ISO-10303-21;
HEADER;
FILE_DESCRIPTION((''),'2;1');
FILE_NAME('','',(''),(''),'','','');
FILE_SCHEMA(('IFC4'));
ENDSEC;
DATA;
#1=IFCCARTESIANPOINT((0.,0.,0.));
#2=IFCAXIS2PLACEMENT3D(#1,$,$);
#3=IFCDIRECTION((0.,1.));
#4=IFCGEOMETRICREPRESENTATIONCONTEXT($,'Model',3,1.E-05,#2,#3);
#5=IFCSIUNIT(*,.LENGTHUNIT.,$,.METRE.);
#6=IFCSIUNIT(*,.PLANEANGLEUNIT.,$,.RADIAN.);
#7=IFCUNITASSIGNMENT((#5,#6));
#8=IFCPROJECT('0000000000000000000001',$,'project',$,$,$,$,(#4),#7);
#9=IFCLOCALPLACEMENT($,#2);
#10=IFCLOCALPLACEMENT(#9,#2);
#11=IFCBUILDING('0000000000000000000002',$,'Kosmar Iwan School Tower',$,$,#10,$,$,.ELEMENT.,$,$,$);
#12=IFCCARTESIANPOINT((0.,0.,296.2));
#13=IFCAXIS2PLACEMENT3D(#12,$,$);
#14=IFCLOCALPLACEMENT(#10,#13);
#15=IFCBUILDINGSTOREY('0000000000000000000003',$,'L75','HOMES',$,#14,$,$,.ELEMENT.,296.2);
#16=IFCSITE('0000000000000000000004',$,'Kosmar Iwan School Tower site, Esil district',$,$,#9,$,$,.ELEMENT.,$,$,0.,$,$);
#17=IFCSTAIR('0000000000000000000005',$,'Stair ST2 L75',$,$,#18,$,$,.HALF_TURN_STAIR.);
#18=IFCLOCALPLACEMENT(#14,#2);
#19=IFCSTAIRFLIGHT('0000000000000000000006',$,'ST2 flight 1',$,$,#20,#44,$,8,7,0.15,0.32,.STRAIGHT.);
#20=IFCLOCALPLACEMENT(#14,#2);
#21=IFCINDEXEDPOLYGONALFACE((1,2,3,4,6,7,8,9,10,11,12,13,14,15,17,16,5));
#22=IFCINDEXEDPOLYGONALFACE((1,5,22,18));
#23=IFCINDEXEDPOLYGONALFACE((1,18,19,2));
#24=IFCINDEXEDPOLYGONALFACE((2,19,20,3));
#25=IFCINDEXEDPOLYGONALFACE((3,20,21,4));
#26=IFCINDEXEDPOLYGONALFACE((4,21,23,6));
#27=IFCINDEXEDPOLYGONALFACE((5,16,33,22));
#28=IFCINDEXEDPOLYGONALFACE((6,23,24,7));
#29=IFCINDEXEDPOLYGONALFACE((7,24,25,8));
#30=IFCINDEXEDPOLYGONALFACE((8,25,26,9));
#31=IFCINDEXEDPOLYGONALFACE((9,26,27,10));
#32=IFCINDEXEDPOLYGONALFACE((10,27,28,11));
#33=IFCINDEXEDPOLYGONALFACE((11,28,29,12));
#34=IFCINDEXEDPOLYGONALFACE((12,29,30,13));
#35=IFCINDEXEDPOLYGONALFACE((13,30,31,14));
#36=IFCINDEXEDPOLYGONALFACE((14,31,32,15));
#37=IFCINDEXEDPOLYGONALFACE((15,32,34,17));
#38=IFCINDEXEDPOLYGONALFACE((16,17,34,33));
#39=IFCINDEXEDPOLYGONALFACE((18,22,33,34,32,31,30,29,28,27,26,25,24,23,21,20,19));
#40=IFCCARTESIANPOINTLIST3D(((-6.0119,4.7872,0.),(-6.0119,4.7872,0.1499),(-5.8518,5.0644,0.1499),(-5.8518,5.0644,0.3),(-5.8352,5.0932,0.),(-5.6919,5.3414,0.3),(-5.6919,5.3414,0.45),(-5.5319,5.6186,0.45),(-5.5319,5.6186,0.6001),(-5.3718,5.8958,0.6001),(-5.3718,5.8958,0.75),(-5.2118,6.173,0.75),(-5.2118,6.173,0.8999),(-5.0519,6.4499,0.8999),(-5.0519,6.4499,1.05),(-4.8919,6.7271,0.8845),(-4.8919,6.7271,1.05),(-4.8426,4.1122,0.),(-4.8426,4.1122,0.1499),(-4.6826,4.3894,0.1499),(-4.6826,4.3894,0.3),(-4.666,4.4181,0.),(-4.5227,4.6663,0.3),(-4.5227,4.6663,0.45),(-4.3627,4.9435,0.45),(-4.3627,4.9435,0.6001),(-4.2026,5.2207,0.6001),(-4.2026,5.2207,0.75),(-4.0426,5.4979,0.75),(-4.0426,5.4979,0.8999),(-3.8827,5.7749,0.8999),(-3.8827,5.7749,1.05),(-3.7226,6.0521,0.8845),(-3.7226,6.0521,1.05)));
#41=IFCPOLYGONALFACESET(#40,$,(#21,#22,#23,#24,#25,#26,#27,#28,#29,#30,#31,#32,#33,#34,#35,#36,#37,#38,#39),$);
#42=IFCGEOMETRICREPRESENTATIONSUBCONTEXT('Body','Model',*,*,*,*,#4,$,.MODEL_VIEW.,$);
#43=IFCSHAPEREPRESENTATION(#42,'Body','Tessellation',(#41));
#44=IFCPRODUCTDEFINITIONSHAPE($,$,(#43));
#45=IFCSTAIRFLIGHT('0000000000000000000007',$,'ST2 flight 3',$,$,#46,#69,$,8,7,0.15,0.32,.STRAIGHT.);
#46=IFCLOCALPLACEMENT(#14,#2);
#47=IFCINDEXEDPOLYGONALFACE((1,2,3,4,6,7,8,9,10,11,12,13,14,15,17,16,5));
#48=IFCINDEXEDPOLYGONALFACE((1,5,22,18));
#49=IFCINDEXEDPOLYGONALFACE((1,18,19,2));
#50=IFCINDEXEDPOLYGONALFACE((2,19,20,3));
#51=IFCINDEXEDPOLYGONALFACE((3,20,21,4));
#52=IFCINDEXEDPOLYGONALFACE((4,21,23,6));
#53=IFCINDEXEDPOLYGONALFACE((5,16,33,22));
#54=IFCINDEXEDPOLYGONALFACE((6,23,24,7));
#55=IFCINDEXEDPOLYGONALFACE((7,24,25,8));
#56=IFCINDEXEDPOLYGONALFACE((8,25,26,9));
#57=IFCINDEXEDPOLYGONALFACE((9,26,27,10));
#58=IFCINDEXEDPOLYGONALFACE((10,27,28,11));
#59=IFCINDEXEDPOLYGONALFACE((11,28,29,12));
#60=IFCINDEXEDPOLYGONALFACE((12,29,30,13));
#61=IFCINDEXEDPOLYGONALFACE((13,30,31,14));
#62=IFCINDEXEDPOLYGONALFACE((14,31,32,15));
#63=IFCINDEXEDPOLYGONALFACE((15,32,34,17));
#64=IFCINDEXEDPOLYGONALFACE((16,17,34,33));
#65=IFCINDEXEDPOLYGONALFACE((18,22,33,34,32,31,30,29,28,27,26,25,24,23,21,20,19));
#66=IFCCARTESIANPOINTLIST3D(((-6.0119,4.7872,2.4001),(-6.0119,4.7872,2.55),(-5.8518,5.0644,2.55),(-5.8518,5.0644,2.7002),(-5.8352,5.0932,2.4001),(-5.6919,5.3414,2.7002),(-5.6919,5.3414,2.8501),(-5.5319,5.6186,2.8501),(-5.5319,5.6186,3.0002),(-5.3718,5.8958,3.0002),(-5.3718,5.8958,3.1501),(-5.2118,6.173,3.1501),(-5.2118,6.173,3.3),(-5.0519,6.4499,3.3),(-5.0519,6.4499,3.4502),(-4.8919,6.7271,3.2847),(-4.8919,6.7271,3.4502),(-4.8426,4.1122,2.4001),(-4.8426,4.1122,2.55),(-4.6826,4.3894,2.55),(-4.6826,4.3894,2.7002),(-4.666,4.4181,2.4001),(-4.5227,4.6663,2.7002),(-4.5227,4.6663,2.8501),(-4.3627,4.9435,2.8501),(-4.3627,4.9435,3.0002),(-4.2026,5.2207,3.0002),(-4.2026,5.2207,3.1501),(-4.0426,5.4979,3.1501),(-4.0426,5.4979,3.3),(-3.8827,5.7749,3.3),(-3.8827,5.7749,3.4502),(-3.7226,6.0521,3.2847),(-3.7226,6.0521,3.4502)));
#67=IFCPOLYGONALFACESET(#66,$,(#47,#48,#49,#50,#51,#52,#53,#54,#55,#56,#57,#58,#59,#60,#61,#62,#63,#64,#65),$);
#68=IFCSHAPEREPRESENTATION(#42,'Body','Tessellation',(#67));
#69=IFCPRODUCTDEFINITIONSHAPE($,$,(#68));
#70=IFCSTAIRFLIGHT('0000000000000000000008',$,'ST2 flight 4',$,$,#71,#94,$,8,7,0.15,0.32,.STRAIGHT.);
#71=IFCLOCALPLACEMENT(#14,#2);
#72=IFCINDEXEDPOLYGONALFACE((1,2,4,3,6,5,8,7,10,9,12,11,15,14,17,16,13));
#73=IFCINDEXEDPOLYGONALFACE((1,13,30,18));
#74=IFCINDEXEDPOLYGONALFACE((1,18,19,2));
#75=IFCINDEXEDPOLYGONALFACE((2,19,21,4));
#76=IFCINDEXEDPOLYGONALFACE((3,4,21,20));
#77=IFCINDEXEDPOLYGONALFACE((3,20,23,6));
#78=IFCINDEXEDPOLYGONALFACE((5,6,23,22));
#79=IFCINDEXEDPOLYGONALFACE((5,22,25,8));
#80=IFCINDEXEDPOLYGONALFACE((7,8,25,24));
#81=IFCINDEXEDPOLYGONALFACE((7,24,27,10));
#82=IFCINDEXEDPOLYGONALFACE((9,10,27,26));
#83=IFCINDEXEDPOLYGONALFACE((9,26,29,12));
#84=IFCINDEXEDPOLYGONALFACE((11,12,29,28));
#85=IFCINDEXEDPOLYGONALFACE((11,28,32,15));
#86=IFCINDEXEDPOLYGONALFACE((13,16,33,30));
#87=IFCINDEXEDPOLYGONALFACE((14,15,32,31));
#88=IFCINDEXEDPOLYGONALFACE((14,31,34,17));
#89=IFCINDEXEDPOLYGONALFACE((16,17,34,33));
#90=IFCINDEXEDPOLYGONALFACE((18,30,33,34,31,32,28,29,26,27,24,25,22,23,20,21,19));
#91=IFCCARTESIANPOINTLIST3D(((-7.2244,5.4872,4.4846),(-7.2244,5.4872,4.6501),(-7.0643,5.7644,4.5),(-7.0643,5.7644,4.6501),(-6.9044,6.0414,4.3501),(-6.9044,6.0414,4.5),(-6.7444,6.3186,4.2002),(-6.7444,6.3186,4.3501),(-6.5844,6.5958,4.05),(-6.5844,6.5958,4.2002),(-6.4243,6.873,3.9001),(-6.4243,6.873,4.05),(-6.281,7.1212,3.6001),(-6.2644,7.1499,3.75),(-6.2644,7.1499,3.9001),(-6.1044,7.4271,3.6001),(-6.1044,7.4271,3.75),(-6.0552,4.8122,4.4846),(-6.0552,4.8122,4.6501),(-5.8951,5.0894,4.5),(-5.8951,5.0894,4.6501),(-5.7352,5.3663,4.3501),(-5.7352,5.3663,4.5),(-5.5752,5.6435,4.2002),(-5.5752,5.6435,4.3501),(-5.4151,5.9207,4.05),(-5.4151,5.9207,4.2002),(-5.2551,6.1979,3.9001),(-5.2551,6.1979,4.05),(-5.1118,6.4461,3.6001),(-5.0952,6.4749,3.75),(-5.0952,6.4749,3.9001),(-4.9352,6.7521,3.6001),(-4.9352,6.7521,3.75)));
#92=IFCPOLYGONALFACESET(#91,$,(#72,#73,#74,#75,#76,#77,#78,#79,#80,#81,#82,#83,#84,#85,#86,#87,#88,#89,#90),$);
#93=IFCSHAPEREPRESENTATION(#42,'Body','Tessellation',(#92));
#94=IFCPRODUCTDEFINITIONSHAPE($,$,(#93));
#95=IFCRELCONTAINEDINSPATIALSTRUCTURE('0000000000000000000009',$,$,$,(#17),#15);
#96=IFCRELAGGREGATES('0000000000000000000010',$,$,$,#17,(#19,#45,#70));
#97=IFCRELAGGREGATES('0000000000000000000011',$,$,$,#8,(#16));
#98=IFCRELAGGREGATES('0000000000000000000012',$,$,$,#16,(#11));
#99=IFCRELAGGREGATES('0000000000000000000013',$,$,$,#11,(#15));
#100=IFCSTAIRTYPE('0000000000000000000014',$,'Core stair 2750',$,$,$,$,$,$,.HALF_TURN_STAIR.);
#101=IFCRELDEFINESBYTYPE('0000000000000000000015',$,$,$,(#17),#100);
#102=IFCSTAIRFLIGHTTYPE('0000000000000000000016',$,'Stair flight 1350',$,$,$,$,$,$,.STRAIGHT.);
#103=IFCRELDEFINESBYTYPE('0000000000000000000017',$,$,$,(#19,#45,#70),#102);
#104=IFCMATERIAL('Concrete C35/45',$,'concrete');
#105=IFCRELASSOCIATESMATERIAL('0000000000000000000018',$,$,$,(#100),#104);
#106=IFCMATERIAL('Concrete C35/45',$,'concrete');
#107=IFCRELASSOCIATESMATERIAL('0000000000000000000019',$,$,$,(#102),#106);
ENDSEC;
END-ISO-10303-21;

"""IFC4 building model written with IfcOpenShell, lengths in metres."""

from ifc_helpers import new_model, si_unit, direction, frame, origin, place, context, subcontext, project, spatial, polyline, outline, extrude, material, type_object, element, aggregate, save


model = new_model("IFC4")

# Units and contexts
model_context = context("Model", 3, precision=1e-05, world=origin(), true_north=direction((0.0, 1.0)))
body_context = subcontext(model_context, "Body", "Model", "MODEL_VIEW")
ifc_project = project(units=[si_unit("LENGTHUNIT", "METRE"), si_unit("PLANEANGLEUNIT", "RADIAN")], contexts=[model_context])

# Site, building, storey
site_placement = place(None, origin())
site = spatial("IfcSite", under=ifc_project, at=site_placement, Name="Kosmar Iwan School Tower site, Esil district", CompositionType="ELEMENT", RefElevation=0.0)
building_placement = place(site_placement, origin())
building = spatial("IfcBuilding", under=site, at=building_placement, Name="Kosmar Iwan School Tower", CompositionType="ELEMENT")
storey_placement = place(building_placement, frame((0.0, 0.0, 296.2)))
storey = spatial("IfcBuildingStorey", under=building, at=storey_placement, Name="L75", Description="HOMES", CompositionType="ELEMENT", Elevation=296.2)

# Stair, stair flights
ifc_material_1 = material(Name="Concrete C35/45", Category="concrete")
stair_type = type_object("IfcStairType", Name="Core stair 2750", PredefinedType="HALF_TURN_STAIR", material=ifc_material_1)
stair_placement = place(storey_placement, origin())
stair = element("IfcStair", 1, at=stair_placement, inside=storey, type_object=stair_type, Name="Stair ST2 L75", PredefinedType="HALF_TURN_STAIR")
ifc_material_2 = material(Name="Concrete C35/45", Category="concrete")
stair_flight_type = type_object("IfcStairFlightType", Name="Stair flight 1350", PredefinedType="STRAIGHT", material=ifc_material_2)
stair_flight_1_placement = place(storey_placement, frame((-5.4272, 4.4497, 0.0), z_axis=(0.0, 0.0, 1.0), x_axis=(0.5, 0.866025, 0.0)))
stair_flight_1 = element("IfcStairFlight", 2, at=stair_flight_1_placement, type_object=stair_flight_type, Name="ST2 flight 1", NumberOfRisers=8, NumberOfTreads=7, PredefinedType="STRAIGHT", RiserHeight=0.15, TreadLength=0.32, context=body_context, shape_type="SweptSolid", body=[
    extrude(outline(polyline([(0.0, 0.0), (0.0, 0.1499), (0.3201, 0.1499), (0.3201, 0.3), (0.6399, 0.3), (0.6399, 0.45), (0.96, 0.45), (0.96, 0.6001), (1.28, 0.6001), (1.28, 0.75), (1.6001, 0.75), (1.6001, 0.8999), (1.9199, 0.8999), (1.9199, 1.05), (2.24, 1.05), (2.24, 1.2), (2.24, 0.8845), (0.3533, 0.0), (0.0, 0.0)])), frame((0.0, 0.675, 0.0), z_axis=(0.0, -1.0, 0.0), x_axis=(1.0, 0.0, 0.0)), (0.0, 0.0, 1.0), 1.3501),
])
stair_flight_2_placement = place(storey_placement, frame((-5.4272, 4.4497, 2.4001), z_axis=(0.0, 0.0, 1.0), x_axis=(0.5, 0.866025, 0.0)))
stair_flight_2 = element("IfcStairFlight", 3, at=stair_flight_2_placement, type_object=stair_flight_type, Name="ST2 flight 3", NumberOfRisers=8, NumberOfTreads=7, PredefinedType="STRAIGHT", RiserHeight=0.15, TreadLength=0.32, context=body_context, shape_type="SweptSolid", body=[
    extrude(outline(polyline([(0.0, 0.0), (0.0, 0.1499), (0.3201, 0.1499), (0.3201, 0.3), (0.6399, 0.3), (0.6399, 0.45), (0.96, 0.45), (0.96, 0.6001), (1.28, 0.6001), (1.28, 0.75), (1.6001, 0.75), (1.6001, 0.8999), (1.9199, 0.8999), (1.9199, 1.05), (2.24, 1.05), (2.24, 1.2), (2.24, 0.8845), (0.3533, 0.0), (0.0, 0.0)])), frame((0.0, 0.675, 0.0), z_axis=(0.0, -1.0, 0.0), x_axis=(1.0, 0.0, 0.0)), (0.0, 0.0, 1.0), 1.3501),
])
stair_flight_3_placement = place(storey_placement, frame((-5.5198, 7.0896, 3.6001), z_axis=(0.0, 0.0, 1.0), x_axis=(-0.5, -0.866025, 0.0)))
stair_flight_3 = element("IfcStairFlight", 4, at=stair_flight_3_placement, type_object=stair_flight_type, Name="ST2 flight 4", NumberOfRisers=8, NumberOfTreads=7, PredefinedType="STRAIGHT", RiserHeight=0.15, TreadLength=0.32, context=body_context, shape_type="SweptSolid", body=[
    extrude(outline(polyline([(0.0, 0.0), (0.0, 0.1499), (0.3201, 0.1499), (0.3201, 0.3), (0.6399, 0.3), (0.6399, 0.45), (0.96, 0.45), (0.96, 0.6001), (1.28, 0.6001), (1.28, 0.75), (1.6001, 0.75), (1.6001, 0.8999), (1.9199, 0.8999), (1.9199, 1.05), (2.24, 1.05), (2.24, 1.2), (2.24, 0.8845), (0.3533, 0.0), (0.0, 0.0)])), frame((0.0, 0.675, 0.0), z_axis=(0.0, -1.0, 0.0), x_axis=(1.0, 0.0, 0.0)), (0.0, 0.0, 1.0), 1.3501),
])
aggregate(stair, [stair_flight_1, stair_flight_2, stair_flight_3])

save(model, "model.ifc")
